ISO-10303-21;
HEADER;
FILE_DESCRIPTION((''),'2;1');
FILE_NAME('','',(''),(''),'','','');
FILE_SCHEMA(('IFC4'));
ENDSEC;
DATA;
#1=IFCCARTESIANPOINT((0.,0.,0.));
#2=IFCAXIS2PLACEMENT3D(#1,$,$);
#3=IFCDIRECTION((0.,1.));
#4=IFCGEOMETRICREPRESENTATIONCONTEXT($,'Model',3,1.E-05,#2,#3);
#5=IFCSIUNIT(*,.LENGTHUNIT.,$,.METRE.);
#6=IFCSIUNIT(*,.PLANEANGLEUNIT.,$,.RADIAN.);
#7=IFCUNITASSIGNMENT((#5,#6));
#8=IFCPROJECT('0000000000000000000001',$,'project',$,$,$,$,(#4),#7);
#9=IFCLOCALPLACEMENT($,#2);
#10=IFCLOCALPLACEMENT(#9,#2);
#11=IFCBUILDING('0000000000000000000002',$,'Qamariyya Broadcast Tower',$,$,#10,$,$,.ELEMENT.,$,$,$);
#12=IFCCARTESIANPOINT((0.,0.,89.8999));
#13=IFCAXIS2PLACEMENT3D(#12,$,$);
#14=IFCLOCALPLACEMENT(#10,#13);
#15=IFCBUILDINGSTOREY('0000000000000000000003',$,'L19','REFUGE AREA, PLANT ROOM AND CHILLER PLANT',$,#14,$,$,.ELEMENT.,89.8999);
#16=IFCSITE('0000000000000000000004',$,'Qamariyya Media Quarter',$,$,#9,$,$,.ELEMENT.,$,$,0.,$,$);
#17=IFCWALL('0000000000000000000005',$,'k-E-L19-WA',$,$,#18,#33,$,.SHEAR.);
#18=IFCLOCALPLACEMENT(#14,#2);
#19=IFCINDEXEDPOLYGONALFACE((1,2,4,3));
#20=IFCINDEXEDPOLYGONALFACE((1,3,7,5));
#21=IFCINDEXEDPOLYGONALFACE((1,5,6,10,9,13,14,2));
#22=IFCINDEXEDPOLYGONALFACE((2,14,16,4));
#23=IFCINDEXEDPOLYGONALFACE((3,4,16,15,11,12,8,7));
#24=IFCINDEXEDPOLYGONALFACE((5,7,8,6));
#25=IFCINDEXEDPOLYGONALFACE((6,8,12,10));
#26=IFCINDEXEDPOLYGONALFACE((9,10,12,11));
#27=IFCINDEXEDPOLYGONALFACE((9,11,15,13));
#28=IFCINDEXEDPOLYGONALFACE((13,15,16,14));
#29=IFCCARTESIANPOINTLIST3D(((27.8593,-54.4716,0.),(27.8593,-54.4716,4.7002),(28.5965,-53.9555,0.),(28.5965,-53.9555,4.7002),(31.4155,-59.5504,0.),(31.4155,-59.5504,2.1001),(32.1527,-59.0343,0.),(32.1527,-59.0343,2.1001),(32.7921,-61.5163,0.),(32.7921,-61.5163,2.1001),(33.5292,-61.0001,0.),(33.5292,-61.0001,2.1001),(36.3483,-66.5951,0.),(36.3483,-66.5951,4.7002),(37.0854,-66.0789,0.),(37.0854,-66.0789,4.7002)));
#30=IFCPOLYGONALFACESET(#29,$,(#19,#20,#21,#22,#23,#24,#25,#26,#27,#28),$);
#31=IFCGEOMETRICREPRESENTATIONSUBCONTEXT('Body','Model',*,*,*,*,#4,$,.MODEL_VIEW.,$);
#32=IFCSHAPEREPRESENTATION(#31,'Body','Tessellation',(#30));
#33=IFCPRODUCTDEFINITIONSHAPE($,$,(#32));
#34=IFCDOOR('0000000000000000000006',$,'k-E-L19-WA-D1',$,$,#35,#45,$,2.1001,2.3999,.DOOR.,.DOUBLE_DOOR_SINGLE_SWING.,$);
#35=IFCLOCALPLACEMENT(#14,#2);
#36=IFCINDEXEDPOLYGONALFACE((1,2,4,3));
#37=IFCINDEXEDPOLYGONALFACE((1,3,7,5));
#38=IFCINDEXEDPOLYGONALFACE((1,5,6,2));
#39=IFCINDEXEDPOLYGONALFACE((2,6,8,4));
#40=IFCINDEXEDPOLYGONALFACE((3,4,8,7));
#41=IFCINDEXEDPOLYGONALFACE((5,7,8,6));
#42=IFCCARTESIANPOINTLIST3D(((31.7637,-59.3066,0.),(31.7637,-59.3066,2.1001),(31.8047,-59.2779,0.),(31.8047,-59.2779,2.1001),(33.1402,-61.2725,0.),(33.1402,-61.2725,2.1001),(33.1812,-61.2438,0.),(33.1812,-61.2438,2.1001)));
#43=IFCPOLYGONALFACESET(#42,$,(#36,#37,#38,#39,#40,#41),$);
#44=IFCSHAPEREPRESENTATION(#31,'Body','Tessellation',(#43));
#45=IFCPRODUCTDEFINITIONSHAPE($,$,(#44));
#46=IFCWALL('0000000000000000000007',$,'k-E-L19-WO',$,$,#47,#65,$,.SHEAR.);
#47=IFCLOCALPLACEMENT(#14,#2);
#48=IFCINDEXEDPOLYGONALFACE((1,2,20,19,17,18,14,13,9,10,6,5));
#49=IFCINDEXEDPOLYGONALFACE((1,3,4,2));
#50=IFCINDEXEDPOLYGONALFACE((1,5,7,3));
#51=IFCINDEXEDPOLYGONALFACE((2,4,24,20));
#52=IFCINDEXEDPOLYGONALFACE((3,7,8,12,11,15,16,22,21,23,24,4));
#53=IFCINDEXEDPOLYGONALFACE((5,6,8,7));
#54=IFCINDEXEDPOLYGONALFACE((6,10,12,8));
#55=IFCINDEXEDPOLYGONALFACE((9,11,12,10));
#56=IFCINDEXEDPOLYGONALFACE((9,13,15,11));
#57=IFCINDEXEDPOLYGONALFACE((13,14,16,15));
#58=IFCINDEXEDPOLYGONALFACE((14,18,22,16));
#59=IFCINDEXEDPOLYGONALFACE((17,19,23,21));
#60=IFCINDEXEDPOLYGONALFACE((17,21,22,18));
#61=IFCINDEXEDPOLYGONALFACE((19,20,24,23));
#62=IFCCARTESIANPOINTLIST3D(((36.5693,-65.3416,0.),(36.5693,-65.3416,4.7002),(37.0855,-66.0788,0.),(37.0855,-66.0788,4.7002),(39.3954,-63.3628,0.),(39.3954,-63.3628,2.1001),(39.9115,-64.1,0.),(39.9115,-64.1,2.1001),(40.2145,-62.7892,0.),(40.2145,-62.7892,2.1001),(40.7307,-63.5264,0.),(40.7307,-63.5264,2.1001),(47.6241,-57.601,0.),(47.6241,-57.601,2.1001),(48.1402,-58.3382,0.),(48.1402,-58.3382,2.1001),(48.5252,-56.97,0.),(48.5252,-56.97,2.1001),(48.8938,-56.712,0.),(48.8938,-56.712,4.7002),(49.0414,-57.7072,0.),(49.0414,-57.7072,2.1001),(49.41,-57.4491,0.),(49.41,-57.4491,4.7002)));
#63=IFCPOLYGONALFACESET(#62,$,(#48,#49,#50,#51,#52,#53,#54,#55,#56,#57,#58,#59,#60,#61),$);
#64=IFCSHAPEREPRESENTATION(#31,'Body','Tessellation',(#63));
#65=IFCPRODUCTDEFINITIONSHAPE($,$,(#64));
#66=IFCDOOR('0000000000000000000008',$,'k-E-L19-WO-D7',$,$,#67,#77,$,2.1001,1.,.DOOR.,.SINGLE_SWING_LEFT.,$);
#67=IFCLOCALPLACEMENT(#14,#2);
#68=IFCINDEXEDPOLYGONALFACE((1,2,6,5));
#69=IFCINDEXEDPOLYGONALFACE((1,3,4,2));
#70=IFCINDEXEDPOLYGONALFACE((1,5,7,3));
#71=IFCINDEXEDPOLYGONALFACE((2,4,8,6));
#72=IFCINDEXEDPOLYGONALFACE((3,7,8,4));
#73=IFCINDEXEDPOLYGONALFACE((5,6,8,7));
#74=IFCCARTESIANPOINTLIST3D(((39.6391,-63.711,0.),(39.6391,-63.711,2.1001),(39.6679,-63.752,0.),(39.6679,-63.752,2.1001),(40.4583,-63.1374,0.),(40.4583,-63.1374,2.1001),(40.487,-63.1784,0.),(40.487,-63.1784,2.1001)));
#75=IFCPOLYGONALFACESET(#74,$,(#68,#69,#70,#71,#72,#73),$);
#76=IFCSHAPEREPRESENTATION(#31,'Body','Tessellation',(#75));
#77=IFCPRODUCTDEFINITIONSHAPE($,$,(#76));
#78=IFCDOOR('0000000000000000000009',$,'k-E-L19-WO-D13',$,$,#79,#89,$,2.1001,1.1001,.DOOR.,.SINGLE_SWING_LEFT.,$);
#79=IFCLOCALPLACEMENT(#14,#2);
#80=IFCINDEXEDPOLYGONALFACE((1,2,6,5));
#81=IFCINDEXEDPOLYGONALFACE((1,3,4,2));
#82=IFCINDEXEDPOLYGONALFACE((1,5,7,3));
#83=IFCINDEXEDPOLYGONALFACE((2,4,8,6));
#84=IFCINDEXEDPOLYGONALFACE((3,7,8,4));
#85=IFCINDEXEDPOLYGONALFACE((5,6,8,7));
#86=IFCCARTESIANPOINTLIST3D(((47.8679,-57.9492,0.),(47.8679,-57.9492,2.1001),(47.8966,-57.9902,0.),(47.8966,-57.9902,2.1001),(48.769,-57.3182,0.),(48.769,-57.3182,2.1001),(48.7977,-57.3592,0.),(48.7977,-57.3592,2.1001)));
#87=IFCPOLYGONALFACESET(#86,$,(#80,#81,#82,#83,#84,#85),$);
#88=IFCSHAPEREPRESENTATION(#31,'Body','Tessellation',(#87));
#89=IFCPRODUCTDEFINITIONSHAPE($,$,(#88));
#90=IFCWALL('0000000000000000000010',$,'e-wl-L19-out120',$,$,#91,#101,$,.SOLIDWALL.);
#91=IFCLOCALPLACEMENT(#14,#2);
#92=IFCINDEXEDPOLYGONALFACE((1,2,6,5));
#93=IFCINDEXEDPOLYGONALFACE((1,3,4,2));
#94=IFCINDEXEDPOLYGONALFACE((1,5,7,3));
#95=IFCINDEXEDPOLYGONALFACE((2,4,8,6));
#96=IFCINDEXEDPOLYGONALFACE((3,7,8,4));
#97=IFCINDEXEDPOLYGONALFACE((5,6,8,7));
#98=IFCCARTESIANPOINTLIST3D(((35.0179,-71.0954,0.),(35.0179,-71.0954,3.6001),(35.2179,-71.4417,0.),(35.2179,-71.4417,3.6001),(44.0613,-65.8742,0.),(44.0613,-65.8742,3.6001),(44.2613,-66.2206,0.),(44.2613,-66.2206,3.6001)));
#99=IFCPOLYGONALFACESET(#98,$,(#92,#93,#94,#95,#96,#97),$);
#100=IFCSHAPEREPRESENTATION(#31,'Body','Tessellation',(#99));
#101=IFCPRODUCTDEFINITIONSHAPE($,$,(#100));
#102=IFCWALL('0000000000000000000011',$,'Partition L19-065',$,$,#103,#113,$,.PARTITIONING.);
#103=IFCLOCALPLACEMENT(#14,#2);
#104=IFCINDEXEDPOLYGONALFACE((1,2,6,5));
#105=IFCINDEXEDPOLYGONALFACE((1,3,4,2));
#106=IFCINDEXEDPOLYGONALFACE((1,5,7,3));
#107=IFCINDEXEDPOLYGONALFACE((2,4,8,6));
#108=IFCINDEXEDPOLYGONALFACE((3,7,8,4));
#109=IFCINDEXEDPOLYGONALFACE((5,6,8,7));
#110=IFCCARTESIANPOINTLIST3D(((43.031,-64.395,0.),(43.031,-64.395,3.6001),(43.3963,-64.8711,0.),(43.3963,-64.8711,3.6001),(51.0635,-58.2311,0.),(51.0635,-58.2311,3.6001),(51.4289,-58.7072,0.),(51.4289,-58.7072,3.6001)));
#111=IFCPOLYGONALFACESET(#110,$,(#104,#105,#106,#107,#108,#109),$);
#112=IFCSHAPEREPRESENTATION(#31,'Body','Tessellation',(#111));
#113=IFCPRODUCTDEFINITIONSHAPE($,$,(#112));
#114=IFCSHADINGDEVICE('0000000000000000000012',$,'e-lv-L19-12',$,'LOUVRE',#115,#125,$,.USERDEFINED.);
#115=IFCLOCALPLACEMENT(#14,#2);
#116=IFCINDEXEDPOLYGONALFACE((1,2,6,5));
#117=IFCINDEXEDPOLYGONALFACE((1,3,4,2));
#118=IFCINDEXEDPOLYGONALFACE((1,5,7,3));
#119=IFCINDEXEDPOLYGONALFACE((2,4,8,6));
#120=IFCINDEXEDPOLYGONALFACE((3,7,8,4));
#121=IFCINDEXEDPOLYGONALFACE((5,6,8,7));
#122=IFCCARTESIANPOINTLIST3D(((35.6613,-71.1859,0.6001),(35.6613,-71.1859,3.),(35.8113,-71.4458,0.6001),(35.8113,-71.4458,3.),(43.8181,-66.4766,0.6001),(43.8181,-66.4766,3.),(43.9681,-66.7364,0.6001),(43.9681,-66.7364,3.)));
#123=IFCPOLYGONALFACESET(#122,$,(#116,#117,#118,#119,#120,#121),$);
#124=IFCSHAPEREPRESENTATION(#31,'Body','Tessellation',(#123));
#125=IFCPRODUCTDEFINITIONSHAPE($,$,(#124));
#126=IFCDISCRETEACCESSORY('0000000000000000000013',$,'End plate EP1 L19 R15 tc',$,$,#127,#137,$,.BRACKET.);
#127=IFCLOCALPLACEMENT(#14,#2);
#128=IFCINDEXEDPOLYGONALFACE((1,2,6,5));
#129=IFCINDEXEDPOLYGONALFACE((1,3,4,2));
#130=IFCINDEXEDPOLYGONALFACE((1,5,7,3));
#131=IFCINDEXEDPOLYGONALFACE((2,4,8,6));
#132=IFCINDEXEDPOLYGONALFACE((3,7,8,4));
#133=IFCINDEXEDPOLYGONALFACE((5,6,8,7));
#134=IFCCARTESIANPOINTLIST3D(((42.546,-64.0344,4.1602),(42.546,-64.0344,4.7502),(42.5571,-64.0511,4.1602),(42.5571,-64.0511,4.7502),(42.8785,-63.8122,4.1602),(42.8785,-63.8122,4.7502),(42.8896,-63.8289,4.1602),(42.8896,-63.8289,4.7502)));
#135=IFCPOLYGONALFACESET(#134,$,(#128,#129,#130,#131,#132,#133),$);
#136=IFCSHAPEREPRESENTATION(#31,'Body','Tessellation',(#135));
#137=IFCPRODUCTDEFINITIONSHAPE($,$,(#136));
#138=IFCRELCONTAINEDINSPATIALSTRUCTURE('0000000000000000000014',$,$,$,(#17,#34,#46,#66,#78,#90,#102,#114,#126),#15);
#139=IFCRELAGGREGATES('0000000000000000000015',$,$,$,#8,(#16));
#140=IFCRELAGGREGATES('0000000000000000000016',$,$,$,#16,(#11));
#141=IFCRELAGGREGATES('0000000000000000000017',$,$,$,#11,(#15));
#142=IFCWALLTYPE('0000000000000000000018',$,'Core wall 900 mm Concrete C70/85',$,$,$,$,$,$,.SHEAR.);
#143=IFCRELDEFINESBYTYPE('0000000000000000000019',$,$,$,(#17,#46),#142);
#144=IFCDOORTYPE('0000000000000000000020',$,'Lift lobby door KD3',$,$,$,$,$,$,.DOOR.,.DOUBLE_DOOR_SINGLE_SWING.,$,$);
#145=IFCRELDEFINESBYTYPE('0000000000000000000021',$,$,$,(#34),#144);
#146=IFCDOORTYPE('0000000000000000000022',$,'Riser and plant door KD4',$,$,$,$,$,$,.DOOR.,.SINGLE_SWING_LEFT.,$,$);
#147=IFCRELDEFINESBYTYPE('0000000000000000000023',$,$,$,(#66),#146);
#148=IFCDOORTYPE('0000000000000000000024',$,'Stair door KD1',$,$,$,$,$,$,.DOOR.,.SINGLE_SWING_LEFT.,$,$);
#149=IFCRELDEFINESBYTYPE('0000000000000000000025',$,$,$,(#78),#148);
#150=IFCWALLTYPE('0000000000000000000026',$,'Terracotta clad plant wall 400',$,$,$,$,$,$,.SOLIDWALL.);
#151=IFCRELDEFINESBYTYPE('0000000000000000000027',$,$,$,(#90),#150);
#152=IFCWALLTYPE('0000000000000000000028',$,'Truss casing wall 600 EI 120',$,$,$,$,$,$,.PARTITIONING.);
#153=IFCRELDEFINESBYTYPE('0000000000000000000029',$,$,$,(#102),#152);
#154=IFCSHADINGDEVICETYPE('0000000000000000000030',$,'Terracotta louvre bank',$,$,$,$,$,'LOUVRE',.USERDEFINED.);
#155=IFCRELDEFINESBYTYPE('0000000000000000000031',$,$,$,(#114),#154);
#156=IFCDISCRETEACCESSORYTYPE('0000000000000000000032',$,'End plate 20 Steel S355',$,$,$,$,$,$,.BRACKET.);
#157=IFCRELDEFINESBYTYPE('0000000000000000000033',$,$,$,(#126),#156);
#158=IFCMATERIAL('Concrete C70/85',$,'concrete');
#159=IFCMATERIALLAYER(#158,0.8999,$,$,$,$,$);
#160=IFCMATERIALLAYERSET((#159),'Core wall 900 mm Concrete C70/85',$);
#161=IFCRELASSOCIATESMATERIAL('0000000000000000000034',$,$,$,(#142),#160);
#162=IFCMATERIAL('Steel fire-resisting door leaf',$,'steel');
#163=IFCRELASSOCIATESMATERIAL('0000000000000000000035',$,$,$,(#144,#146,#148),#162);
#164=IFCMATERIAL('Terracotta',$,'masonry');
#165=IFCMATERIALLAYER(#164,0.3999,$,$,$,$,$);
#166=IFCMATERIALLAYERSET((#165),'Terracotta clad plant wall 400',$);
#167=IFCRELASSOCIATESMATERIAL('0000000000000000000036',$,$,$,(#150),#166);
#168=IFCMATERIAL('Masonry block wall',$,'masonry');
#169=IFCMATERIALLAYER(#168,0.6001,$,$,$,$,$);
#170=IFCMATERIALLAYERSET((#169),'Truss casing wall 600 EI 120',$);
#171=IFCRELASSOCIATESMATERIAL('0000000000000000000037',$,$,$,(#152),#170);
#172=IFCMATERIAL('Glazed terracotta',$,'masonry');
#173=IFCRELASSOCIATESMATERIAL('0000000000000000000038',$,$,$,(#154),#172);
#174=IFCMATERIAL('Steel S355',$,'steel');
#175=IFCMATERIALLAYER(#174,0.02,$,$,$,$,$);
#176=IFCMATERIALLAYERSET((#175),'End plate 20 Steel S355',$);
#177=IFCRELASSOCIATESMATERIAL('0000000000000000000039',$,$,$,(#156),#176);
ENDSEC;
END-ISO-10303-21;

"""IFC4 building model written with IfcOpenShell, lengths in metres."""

from ifc_helpers import new_model, si_unit, direction, frame, frame_2d, origin, origin_2d, place, context, subcontext, project, spatial, rectangle, extrude, material, layer, layer_set, type_object, element, fill, save


model = new_model("IFC4")

# Units and contexts
model_context = context("Model", 3, precision=1e-05, world=origin(), true_north=direction((0.0, 1.0)))
body_context = subcontext(model_context, "Body", "Model", "MODEL_VIEW")
ifc_project = project(units=[si_unit("LENGTHUNIT", "METRE"), si_unit("PLANEANGLEUNIT", "RADIAN")], contexts=[model_context])

# Site, building, storey
site_placement = place(None, origin())
site = spatial("IfcSite", under=ifc_project, at=site_placement, Name="Qamariyya Media Quarter", CompositionType="ELEMENT", RefElevation=0.0)
building_placement = place(site_placement, origin())
building = spatial("IfcBuilding", under=site, at=building_placement, Name="Qamariyya Broadcast Tower", CompositionType="ELEMENT")
storey_placement = place(building_placement, frame((0.0, 0.0, 89.8999)))
storey = spatial("IfcBuildingStorey", under=building, at=storey_placement, Name="L19", Description="REFUGE AREA, PLANT ROOM AND CHILLER PLANT", CompositionType="ELEMENT", Elevation=89.8999)

# Shared definitions
ifc_material_1 = material(Name="Concrete C70/85", Category="concrete")

# Shared definitions
ifc_material_2 = material(Name="Steel S355", Category="steel")

# Wall, opening, door
ifc_layer_1 = layer(ifc_material_1, 0.8999)
ifc_layer_set_1 = layer_set([ifc_layer_1], Name="Core wall 900 mm Concrete C70/85")
wall_type_1 = type_object("IfcWallType", Name="Core wall 900 mm Concrete C70/85", PredefinedType="SHEAR", material=ifc_layer_set_1)
wall_1_placement = place(storey_placement, frame((36.7168, -66.3369, 0.0), z_axis=(0.0, 0.0, 1.0), x_axis=(-0.573577, 0.819151, 0.0)))
wall_1 = element("IfcWall", 1, at=wall_1_placement, inside=storey, type_object=wall_type_1, Name="k-E-L19-WA", PredefinedType="SHEAR", context=body_context, shape_type="SweptSolid", body=[
    extrude(rectangle(XDim=14.8, YDim=0.8999, at=frame_2d((7.3999, 0.0))), origin(), (0.0, 0.0, 1.0), 4.7002),
])
opening_1_placement = place(wall_1_placement, frame((6.2, 0.0, 0.0)))
opening_1 = element("IfcOpeningElement", 2, at=opening_1_placement, cuts=wall_1, PredefinedType="OPENING", context=body_context, shape_type="SweptSolid", body=[
    extrude(rectangle(XDim=2.3999, YDim=2.1001, at=frame_2d((1.2, 1.05))), frame((0.0, 0.46, 0.0), z_axis=(0.0, -1.0, 0.0), x_axis=(1.0, 0.0, 0.0)), (0.0, 0.0, 1.0), 0.9199),
])
ifc_material_3 = material(Name="Steel fire-resisting door leaf", Category="steel")
door_type_1 = type_object("IfcDoorType", Name="Lift lobby door KD3", OperationType="DOUBLE_DOOR_SINGLE_SWING", PredefinedType="DOOR", material=ifc_material_3)
door_1_placement = place(opening_1_placement, origin())
door_1 = element("IfcDoor", 3, at=door_1_placement, inside=storey, type_object=door_type_1, Name="k-E-L19-WA-D1", OperationType="DOUBLE_DOOR_SINGLE_SWING", OverallHeight=2.1001, OverallWidth=2.3999, PredefinedType="DOOR", context=body_context, shape_type="SweptSolid", body=[
    extrude(rectangle(XDim=2.3999, YDim=2.1001, at=frame_2d((1.2, 1.05))), frame((0.0, 0.0249, 0.0), z_axis=(0.0, -1.0, 0.0), x_axis=(1.0, 0.0, 0.0)), (0.0, 0.0, 1.0), 0.05),
])
fill(opening_1, door_1)

# Wall, openings, doors
wall_2_placement = place(storey_placement, frame((36.8274, -65.7102, 0.0), z_axis=(0.0, 0.0, 1.0), x_axis=(0.819153, 0.573575, 0.0)))
wall_2 = element("IfcWall", 4, at=wall_2_placement, inside=storey, type_object=wall_type_1, Name="k-E-L19-WO", PredefinedType="SHEAR", context=body_context, shape_type="SweptSolid", body=[
    extrude(rectangle(XDim=15.0454, YDim=0.8999, at=frame_2d((7.5227, 0.0))), origin(), (0.0, 0.0, 1.0), 4.7002),
])
opening_2_placement = place(wall_2_placement, frame((3.45, 0.0, 0.0)))
opening_2 = element("IfcOpeningElement", 5, at=opening_2_placement, cuts=wall_2, PredefinedType="OPENING", context=body_context, shape_type="SweptSolid", body=[
    extrude(rectangle(XDim=1.0, YDim=2.1001, at=frame_2d((0.5, 1.05))), frame((0.0, 0.46, 0.0), z_axis=(0.0, -1.0, 0.0), x_axis=(1.0, 0.0, 0.0)), (0.0, 0.0, 1.0), 0.9199),
])
opening_3_placement = place(wall_2_placement, frame((13.4954, 0.0, 0.0)))
opening_3 = element("IfcOpeningElement", 6, at=opening_3_placement, cuts=wall_2, PredefinedType="OPENING", context=body_context, shape_type="SweptSolid", body=[
    extrude(rectangle(XDim=1.1001, YDim=2.1001, at=frame_2d((0.55, 1.05))), frame((0.0, 0.46, 0.0), z_axis=(0.0, -1.0, 0.0), x_axis=(1.0, 0.0, 0.0)), (0.0, 0.0, 1.0), 0.9199),
])
door_type_2 = type_object("IfcDoorType", Name="Riser and plant door KD4", OperationType="SINGLE_SWING_LEFT", PredefinedType="DOOR", material=ifc_material_3)
door_2_placement = place(opening_2_placement, origin())
door_2 = element("IfcDoor", 7, at=door_2_placement, inside=storey, type_object=door_type_2, Name="k-E-L19-WO-D7", OperationType="SINGLE_SWING_LEFT", OverallHeight=2.1001, OverallWidth=1.0, PredefinedType="DOOR", context=body_context, shape_type="SweptSolid", body=[
    extrude(rectangle(XDim=1.0, YDim=2.1001, at=frame_2d((0.5, 1.05))), frame((0.0, 0.0249, 0.0), z_axis=(0.0, -1.0, 0.0), x_axis=(1.0, 0.0, 0.0)), (0.0, 0.0, 1.0), 0.05),
])
fill(opening_2, door_2)
door_type_3 = type_object("IfcDoorType", Name="Stair door KD1", OperationType="SINGLE_SWING_LEFT", PredefinedType="DOOR", material=ifc_material_3)
door_3_placement = place(opening_3_placement, origin())
door_3 = element("IfcDoor", 8, at=door_3_placement, inside=storey, type_object=door_type_3, Name="k-E-L19-WO-D13", OperationType="SINGLE_SWING_LEFT", OverallHeight=2.1001, OverallWidth=1.1001, PredefinedType="DOOR", context=body_context, shape_type="SweptSolid", body=[
    extrude(rectangle(XDim=1.1001, YDim=2.1001, at=frame_2d((0.55, 1.05))), frame((0.0, 0.0249, 0.0), z_axis=(0.0, -1.0, 0.0), x_axis=(1.0, 0.0, 0.0)), (0.0, 0.0, 1.0), 0.05),
])
fill(opening_3, door_3)

# Walls
ifc_material_4 = material(Name="Terracotta", Category="masonry")
ifc_layer_2 = layer(ifc_material_4, 0.3999)
ifc_layer_set_2 = layer_set([ifc_layer_2], Name="Terracotta clad plant wall 400")
wall_type_2 = type_object("IfcWallType", Name="Terracotta clad plant wall 400", PredefinedType="SOLIDWALL", material=ifc_layer_set_2)
wall_3_placement = place(storey_placement, frame((35.1179, -71.2686, 0.0), z_axis=(0.0, 0.0, 1.0), x_axis=(0.866028, 0.499996, 0.0)))
element("IfcWall", 9, at=wall_3_placement, inside=storey, type_object=wall_type_2, Name="e-wl-L19-out120", PredefinedType="SOLIDWALL", context=body_context, shape_type="SweptSolid", body=[
    extrude(rectangle(XDim=10.4424, YDim=0.3999, at=frame_2d((5.2212, 0.0))), origin(), (0.0, 0.0, 1.0), 3.6001),
])
ifc_material_5 = material(Name="Masonry block wall", Category="masonry")
ifc_layer_3 = layer(ifc_material_5, 0.6001)
ifc_layer_set_3 = layer_set([ifc_layer_3], Name="Truss casing wall 600 EI 120")
wall_type_3 = type_object("IfcWallType", Name="Truss casing wall 600 EI 120", PredefinedType="PARTITIONING", material=ifc_layer_set_3)
wall_4_placement = place(storey_placement, frame((43.2136, -64.6331, 0.0), z_axis=(0.0, 0.0, 1.0), x_axis=(0.79334, 0.608779, 0.0)))
element("IfcWall", 10, at=wall_4_placement, inside=storey, type_object=wall_type_3, Name="Partition L19-065", PredefinedType="PARTITIONING", context=body_context, shape_type="SweptSolid", body=[
    extrude(rectangle(XDim=10.125, YDim=0.6001, at=frame_2d((5.0625, 0.0))), origin(), (0.0, 0.0, 1.0), 3.6001),
])

# Shading device
ifc_material_6 = material(Name="Glazed terracotta", Category="masonry")
shading_device_type = type_object("IfcShadingDeviceType", Name="Terracotta louvre bank", ElementType="LOUVRE", PredefinedType="USERDEFINED", material=ifc_material_6)
shading_device_placement = place(storey_placement, frame((39.8147, -68.9612, 0.6001), z_axis=(0.0, 0.0, 1.0), x_axis=(0.866025, 0.5, 0.0)))
element("IfcShadingDevice", 11, at=shading_device_placement, inside=storey, type_object=shading_device_type, Name="e-lv-L19-12", ObjectType="LOUVRE", PredefinedType="USERDEFINED", context=body_context, shape_type="SweptSolid", body=[
    extrude(rectangle(XDim=9.4187, YDim=0.3, at=origin_2d()), origin(), (0.0, 0.0, 1.0), 2.3999),
])

# Discrete accessory
ifc_layer_4 = layer(ifc_material_2, 0.02)
ifc_layer_set_4 = layer_set([ifc_layer_4], Name="End plate 20 Steel S355")
discrete_accessory_type = type_object("IfcDiscreteAccessoryType", Name="End plate 20 Steel S355", PredefinedType="BRACKET", material=ifc_layer_set_4)
discrete_accessory_placement = place(storey_placement, frame((42.7178, -63.9316, 4.1602), z_axis=(0.0, 0.0, 1.0), x_axis=(-0.83147, -0.55557, 0.0)))
element("IfcDiscreteAccessory", 12, at=discrete_accessory_placement, inside=storey, type_object=discrete_accessory_type, Name="End plate EP1 L19 R15 tc", PredefinedType="BRACKET", context=body_context, shape_type="SweptSolid", body=[
    extrude(rectangle(XDim=0.3999, YDim=0.02, at=origin_2d()), origin(), (0.0, 0.0, 1.0), 0.5901),
])

save(model, "model.ifc")
